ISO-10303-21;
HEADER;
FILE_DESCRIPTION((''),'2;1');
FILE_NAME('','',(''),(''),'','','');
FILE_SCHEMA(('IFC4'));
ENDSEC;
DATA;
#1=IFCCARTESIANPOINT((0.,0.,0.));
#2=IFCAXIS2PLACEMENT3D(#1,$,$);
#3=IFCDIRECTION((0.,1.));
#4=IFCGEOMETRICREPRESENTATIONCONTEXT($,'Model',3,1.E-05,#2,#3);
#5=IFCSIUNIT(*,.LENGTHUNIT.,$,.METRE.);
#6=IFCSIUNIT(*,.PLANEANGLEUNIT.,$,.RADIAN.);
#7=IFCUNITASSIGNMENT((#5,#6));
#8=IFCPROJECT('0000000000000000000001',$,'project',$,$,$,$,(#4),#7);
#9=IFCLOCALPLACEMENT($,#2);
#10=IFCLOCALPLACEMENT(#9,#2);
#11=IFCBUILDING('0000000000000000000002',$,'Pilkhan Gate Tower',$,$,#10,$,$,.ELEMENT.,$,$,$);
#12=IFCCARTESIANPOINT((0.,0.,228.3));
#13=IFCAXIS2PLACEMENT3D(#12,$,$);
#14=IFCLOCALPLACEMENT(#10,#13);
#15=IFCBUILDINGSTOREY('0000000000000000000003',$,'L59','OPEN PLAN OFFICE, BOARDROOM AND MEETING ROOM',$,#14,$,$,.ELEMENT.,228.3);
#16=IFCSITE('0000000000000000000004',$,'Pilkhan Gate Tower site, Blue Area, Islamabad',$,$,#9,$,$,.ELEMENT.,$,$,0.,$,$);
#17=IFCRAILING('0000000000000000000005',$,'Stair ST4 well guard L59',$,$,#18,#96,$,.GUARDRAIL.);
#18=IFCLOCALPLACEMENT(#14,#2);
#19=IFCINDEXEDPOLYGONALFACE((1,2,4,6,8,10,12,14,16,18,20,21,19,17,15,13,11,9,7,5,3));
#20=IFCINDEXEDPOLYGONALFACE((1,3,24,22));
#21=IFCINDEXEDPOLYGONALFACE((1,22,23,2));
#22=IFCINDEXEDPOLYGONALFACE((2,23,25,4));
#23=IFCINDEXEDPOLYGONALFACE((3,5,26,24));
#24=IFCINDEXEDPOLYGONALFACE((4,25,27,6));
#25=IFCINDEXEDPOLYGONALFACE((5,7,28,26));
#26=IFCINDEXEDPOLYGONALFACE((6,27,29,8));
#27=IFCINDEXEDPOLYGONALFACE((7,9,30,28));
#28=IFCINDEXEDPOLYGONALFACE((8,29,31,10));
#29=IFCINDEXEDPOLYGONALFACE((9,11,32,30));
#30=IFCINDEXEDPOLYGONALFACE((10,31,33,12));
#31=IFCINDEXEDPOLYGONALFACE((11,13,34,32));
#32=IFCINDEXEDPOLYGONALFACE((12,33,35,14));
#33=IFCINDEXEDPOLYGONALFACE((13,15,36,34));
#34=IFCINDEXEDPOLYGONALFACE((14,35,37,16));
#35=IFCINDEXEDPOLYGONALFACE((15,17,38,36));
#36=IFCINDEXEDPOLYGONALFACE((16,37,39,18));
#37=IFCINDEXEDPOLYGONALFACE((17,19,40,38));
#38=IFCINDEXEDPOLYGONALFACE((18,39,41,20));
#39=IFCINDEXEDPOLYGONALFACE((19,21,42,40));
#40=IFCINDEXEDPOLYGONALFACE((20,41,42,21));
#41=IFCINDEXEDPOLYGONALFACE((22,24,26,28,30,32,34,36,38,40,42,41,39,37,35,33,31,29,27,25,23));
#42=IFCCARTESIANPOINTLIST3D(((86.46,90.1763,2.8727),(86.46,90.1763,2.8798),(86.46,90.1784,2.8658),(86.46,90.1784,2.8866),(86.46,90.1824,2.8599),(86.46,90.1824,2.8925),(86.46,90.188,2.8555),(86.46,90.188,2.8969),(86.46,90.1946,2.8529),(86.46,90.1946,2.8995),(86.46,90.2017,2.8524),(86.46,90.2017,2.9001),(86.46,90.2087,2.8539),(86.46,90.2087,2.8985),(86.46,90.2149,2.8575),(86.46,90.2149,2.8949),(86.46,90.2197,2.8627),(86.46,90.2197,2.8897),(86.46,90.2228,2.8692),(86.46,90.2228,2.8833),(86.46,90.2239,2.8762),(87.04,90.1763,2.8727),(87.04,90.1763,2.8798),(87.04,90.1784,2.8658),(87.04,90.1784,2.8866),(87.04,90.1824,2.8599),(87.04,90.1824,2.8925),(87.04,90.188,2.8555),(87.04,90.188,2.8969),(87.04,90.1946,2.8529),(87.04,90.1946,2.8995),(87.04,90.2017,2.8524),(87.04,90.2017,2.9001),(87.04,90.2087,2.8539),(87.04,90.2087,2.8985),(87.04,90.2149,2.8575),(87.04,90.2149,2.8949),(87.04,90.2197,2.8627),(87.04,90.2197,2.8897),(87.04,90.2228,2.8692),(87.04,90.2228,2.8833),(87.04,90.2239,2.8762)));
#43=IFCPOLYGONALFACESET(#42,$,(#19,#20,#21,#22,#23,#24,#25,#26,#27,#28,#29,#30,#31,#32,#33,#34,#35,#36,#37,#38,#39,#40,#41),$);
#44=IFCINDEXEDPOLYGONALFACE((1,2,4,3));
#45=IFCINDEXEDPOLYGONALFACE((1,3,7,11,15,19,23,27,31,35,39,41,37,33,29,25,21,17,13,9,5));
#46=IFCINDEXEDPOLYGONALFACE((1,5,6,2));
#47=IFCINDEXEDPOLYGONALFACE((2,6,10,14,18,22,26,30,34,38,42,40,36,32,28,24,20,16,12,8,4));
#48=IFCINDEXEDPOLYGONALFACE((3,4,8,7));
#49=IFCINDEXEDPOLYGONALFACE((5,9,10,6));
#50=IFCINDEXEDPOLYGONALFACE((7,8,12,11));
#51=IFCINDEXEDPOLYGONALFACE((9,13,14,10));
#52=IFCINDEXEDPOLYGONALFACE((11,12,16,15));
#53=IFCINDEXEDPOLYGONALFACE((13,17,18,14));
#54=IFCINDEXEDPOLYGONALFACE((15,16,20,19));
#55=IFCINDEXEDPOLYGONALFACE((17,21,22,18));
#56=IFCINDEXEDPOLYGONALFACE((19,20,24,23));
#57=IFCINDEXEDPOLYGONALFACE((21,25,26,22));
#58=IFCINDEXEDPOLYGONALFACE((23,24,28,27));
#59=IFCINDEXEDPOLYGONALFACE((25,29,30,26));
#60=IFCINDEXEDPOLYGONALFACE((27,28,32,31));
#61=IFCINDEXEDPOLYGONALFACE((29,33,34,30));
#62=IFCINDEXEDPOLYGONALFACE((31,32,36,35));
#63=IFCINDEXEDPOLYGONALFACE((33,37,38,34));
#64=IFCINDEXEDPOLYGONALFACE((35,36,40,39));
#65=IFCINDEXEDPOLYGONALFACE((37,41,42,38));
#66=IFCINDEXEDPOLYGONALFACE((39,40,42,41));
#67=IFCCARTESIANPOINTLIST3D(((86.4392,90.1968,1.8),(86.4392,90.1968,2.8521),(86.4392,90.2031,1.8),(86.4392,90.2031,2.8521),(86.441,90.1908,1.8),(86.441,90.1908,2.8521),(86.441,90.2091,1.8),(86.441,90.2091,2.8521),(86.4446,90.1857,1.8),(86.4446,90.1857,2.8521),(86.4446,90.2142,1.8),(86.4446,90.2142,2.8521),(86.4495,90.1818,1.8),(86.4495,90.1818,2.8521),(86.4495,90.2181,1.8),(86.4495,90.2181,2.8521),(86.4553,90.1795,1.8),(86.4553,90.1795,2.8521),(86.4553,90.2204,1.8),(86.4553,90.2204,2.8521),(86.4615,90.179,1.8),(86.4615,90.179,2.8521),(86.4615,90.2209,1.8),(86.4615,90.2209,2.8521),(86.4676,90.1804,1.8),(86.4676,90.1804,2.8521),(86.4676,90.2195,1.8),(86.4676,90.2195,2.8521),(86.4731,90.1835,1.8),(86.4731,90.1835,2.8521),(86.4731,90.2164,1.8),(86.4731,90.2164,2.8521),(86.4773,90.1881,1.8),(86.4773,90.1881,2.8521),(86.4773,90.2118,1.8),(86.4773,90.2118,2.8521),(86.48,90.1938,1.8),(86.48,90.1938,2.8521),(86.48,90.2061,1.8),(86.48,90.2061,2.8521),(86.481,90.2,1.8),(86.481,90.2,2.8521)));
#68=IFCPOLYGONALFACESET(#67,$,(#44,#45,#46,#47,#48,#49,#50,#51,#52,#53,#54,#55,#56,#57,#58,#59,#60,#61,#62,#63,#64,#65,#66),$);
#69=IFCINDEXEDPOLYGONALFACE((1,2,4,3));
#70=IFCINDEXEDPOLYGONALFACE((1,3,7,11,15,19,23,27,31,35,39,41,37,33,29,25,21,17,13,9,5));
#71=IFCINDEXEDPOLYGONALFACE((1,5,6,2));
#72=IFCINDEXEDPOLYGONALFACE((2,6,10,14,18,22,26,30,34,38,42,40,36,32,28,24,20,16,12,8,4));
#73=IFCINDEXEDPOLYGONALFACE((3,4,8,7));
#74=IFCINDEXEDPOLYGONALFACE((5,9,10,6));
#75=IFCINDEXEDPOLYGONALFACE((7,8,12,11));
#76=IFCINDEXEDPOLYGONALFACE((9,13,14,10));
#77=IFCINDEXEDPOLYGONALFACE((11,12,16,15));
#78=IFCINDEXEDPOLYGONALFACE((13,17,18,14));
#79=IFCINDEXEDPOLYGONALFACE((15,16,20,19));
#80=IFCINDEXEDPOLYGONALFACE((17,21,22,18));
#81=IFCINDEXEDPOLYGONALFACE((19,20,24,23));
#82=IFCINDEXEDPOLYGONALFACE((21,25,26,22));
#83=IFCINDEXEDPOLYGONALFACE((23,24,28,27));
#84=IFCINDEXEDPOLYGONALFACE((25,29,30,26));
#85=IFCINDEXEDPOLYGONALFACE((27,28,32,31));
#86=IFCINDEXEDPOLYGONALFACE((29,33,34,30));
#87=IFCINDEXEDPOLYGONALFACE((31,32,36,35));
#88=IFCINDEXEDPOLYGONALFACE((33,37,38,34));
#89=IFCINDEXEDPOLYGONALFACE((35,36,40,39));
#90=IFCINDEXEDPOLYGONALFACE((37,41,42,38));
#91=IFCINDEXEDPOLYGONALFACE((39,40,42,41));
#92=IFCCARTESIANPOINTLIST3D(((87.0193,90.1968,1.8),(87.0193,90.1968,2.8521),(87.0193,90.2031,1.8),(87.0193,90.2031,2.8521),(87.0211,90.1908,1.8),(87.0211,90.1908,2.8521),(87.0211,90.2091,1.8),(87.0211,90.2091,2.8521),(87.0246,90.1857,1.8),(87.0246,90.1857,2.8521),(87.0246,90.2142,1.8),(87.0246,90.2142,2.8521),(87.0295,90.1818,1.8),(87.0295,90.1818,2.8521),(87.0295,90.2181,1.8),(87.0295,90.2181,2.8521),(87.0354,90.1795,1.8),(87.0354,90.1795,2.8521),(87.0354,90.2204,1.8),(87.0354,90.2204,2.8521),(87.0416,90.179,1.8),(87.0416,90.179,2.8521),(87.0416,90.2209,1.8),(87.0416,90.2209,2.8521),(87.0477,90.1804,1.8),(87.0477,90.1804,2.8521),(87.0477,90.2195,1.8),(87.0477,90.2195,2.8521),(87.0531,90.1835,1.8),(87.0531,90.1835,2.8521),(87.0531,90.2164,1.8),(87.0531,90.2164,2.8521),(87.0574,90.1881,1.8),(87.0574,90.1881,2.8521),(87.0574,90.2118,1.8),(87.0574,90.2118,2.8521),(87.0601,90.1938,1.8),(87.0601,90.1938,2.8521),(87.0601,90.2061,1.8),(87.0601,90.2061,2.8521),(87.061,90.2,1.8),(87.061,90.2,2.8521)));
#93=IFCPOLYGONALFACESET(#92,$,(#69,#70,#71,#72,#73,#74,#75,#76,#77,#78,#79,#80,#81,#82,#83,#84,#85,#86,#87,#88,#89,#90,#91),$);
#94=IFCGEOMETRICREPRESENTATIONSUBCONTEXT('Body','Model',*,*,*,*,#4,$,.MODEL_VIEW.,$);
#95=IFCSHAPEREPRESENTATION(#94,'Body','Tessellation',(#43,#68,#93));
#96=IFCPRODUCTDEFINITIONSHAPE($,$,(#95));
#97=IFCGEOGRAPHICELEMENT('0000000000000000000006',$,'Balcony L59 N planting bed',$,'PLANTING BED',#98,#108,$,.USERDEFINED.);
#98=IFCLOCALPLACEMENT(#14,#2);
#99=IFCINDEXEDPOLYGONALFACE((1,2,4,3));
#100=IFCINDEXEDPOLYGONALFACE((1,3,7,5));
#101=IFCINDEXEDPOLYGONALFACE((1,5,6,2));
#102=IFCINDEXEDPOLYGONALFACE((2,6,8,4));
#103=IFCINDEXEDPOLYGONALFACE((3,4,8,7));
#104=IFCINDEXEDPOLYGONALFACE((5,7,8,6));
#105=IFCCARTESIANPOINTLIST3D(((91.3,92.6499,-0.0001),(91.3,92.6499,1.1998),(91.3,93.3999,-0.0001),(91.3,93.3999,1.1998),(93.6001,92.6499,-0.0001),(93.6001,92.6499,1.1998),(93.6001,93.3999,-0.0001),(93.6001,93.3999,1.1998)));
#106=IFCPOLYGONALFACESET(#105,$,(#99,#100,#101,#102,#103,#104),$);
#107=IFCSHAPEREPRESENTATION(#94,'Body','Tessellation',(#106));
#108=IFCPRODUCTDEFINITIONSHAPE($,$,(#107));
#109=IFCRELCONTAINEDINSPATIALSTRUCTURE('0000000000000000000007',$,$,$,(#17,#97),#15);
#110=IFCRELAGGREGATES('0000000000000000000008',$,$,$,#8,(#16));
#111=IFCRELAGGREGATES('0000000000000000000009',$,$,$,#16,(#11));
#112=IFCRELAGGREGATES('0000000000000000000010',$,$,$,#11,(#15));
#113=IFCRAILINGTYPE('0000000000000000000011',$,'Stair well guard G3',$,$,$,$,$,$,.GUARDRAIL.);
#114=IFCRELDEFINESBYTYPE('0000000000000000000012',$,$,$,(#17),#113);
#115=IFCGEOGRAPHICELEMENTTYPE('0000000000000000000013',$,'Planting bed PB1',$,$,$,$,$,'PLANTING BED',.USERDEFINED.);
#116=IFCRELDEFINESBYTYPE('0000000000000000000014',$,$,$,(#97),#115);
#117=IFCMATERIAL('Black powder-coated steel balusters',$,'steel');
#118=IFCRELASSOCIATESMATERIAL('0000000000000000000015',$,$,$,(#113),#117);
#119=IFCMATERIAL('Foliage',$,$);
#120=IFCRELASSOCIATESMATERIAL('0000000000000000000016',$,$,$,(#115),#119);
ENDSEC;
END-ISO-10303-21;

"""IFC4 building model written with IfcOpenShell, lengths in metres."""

from ifc_helpers import new_model, si_unit, direction, frame, origin, origin_2d, place, context, subcontext, project, spatial, rectangle, circle, extrude, material, material_profile, profile_set, type_object, element, save


model = new_model("IFC4")

# Units and contexts
model_context = context("Model", 3, precision=1e-05, world=origin(), true_north=direction((0.0, 1.0)))
body_context = subcontext(model_context, "Body", "Model", "MODEL_VIEW")
ifc_project = project(units=[si_unit("LENGTHUNIT", "METRE"), si_unit("PLANEANGLEUNIT", "RADIAN")], contexts=[model_context])

# Site, building, storey
site_placement = place(None, origin())
site = spatial("IfcSite", under=ifc_project, at=site_placement, Name="Pilkhan Gate Tower site, Blue Area, Islamabad", CompositionType="ELEMENT", RefElevation=0.0)
building_placement = place(site_placement, origin())
building = spatial("IfcBuilding", under=site, at=building_placement, Name="Pilkhan Gate Tower", CompositionType="ELEMENT")
storey_placement = place(building_placement, frame((0.0, 0.0, 228.3)))
storey = spatial("IfcBuildingStorey", under=building, at=storey_placement, Name="L59", Description="OPEN PLAN OFFICE, BOARDROOM AND MEETING ROOM", CompositionType="ELEMENT", Elevation=228.3)

# Railing
ifc_material_1 = material(Name="Black powder-coated steel balusters", Category="steel")
railing_type_1 = type_object("IfcRailingType", Name="Stair well guard G3", PredefinedType="GUARDRAIL", material=ifc_material_1)
for number, where, name in (
    (1, (86.46, 90.2, 1.8), "Stair ST4 well guard L59"),
):
    element("IfcRailing", number, at=place(storey_placement, frame(where)), inside=storey, type_object=railing_type_1, Name=name, PredefinedType="GUARDRAIL", context=body_context, shape_type="SweptSolid", body=[
        extrude(circle(Radius=0.0239, at=origin_2d()), frame((0.0, 0.0, 1.0762), z_axis=(1.0, 0.0, 0.0), x_axis=(0.0, 1.0, 0.0)), (0.0, 0.0, 1.0), 0.5801),
        extrude(circle(Radius=0.021, at=origin_2d()), origin(), (0.0, 0.0, 1.0), 1.052),
        extrude(circle(Radius=0.021, at=origin_2d()), frame((0.5801, 0.0, 0.0)), (0.0, 0.0, 1.0), 1.052),
    ])

# Geographic element
ifc_material_2 = material(Name="Foliage")
ifc_material_profile_1 = material_profile(ifc_material_2, rectangle(XDim=0.75, YDim=1.2, at=origin_2d()), Name="Bed 750x1200")
ifc_profile_set_1 = profile_set([ifc_material_profile_1], Name="Foliage")
geographic_element_type = type_object("IfcGeographicElementType", Name="Planting bed PB1", ElementType="PLANTING BED", PredefinedType="USERDEFINED", material=ifc_profile_set_1)
geographic_element_placement = place(storey_placement, frame((91.3, 93.0249, 0.5999), z_axis=(1.0, 0.0, 0.0), x_axis=(0.0, 1.0, 0.0)))
element("IfcGeographicElement", 2, at=geographic_element_placement, inside=storey, type_object=geographic_element_type, Name="Balcony L59 N planting bed", ObjectType="PLANTING BED", PredefinedType="USERDEFINED", context=body_context, shape_type="SweptSolid", body=[
    extrude(rectangle(XDim=0.75, YDim=1.2, at=origin_2d()), origin(), (0.0, 0.0, 1.0), 2.3),
])

save(model, "model.ifc")
